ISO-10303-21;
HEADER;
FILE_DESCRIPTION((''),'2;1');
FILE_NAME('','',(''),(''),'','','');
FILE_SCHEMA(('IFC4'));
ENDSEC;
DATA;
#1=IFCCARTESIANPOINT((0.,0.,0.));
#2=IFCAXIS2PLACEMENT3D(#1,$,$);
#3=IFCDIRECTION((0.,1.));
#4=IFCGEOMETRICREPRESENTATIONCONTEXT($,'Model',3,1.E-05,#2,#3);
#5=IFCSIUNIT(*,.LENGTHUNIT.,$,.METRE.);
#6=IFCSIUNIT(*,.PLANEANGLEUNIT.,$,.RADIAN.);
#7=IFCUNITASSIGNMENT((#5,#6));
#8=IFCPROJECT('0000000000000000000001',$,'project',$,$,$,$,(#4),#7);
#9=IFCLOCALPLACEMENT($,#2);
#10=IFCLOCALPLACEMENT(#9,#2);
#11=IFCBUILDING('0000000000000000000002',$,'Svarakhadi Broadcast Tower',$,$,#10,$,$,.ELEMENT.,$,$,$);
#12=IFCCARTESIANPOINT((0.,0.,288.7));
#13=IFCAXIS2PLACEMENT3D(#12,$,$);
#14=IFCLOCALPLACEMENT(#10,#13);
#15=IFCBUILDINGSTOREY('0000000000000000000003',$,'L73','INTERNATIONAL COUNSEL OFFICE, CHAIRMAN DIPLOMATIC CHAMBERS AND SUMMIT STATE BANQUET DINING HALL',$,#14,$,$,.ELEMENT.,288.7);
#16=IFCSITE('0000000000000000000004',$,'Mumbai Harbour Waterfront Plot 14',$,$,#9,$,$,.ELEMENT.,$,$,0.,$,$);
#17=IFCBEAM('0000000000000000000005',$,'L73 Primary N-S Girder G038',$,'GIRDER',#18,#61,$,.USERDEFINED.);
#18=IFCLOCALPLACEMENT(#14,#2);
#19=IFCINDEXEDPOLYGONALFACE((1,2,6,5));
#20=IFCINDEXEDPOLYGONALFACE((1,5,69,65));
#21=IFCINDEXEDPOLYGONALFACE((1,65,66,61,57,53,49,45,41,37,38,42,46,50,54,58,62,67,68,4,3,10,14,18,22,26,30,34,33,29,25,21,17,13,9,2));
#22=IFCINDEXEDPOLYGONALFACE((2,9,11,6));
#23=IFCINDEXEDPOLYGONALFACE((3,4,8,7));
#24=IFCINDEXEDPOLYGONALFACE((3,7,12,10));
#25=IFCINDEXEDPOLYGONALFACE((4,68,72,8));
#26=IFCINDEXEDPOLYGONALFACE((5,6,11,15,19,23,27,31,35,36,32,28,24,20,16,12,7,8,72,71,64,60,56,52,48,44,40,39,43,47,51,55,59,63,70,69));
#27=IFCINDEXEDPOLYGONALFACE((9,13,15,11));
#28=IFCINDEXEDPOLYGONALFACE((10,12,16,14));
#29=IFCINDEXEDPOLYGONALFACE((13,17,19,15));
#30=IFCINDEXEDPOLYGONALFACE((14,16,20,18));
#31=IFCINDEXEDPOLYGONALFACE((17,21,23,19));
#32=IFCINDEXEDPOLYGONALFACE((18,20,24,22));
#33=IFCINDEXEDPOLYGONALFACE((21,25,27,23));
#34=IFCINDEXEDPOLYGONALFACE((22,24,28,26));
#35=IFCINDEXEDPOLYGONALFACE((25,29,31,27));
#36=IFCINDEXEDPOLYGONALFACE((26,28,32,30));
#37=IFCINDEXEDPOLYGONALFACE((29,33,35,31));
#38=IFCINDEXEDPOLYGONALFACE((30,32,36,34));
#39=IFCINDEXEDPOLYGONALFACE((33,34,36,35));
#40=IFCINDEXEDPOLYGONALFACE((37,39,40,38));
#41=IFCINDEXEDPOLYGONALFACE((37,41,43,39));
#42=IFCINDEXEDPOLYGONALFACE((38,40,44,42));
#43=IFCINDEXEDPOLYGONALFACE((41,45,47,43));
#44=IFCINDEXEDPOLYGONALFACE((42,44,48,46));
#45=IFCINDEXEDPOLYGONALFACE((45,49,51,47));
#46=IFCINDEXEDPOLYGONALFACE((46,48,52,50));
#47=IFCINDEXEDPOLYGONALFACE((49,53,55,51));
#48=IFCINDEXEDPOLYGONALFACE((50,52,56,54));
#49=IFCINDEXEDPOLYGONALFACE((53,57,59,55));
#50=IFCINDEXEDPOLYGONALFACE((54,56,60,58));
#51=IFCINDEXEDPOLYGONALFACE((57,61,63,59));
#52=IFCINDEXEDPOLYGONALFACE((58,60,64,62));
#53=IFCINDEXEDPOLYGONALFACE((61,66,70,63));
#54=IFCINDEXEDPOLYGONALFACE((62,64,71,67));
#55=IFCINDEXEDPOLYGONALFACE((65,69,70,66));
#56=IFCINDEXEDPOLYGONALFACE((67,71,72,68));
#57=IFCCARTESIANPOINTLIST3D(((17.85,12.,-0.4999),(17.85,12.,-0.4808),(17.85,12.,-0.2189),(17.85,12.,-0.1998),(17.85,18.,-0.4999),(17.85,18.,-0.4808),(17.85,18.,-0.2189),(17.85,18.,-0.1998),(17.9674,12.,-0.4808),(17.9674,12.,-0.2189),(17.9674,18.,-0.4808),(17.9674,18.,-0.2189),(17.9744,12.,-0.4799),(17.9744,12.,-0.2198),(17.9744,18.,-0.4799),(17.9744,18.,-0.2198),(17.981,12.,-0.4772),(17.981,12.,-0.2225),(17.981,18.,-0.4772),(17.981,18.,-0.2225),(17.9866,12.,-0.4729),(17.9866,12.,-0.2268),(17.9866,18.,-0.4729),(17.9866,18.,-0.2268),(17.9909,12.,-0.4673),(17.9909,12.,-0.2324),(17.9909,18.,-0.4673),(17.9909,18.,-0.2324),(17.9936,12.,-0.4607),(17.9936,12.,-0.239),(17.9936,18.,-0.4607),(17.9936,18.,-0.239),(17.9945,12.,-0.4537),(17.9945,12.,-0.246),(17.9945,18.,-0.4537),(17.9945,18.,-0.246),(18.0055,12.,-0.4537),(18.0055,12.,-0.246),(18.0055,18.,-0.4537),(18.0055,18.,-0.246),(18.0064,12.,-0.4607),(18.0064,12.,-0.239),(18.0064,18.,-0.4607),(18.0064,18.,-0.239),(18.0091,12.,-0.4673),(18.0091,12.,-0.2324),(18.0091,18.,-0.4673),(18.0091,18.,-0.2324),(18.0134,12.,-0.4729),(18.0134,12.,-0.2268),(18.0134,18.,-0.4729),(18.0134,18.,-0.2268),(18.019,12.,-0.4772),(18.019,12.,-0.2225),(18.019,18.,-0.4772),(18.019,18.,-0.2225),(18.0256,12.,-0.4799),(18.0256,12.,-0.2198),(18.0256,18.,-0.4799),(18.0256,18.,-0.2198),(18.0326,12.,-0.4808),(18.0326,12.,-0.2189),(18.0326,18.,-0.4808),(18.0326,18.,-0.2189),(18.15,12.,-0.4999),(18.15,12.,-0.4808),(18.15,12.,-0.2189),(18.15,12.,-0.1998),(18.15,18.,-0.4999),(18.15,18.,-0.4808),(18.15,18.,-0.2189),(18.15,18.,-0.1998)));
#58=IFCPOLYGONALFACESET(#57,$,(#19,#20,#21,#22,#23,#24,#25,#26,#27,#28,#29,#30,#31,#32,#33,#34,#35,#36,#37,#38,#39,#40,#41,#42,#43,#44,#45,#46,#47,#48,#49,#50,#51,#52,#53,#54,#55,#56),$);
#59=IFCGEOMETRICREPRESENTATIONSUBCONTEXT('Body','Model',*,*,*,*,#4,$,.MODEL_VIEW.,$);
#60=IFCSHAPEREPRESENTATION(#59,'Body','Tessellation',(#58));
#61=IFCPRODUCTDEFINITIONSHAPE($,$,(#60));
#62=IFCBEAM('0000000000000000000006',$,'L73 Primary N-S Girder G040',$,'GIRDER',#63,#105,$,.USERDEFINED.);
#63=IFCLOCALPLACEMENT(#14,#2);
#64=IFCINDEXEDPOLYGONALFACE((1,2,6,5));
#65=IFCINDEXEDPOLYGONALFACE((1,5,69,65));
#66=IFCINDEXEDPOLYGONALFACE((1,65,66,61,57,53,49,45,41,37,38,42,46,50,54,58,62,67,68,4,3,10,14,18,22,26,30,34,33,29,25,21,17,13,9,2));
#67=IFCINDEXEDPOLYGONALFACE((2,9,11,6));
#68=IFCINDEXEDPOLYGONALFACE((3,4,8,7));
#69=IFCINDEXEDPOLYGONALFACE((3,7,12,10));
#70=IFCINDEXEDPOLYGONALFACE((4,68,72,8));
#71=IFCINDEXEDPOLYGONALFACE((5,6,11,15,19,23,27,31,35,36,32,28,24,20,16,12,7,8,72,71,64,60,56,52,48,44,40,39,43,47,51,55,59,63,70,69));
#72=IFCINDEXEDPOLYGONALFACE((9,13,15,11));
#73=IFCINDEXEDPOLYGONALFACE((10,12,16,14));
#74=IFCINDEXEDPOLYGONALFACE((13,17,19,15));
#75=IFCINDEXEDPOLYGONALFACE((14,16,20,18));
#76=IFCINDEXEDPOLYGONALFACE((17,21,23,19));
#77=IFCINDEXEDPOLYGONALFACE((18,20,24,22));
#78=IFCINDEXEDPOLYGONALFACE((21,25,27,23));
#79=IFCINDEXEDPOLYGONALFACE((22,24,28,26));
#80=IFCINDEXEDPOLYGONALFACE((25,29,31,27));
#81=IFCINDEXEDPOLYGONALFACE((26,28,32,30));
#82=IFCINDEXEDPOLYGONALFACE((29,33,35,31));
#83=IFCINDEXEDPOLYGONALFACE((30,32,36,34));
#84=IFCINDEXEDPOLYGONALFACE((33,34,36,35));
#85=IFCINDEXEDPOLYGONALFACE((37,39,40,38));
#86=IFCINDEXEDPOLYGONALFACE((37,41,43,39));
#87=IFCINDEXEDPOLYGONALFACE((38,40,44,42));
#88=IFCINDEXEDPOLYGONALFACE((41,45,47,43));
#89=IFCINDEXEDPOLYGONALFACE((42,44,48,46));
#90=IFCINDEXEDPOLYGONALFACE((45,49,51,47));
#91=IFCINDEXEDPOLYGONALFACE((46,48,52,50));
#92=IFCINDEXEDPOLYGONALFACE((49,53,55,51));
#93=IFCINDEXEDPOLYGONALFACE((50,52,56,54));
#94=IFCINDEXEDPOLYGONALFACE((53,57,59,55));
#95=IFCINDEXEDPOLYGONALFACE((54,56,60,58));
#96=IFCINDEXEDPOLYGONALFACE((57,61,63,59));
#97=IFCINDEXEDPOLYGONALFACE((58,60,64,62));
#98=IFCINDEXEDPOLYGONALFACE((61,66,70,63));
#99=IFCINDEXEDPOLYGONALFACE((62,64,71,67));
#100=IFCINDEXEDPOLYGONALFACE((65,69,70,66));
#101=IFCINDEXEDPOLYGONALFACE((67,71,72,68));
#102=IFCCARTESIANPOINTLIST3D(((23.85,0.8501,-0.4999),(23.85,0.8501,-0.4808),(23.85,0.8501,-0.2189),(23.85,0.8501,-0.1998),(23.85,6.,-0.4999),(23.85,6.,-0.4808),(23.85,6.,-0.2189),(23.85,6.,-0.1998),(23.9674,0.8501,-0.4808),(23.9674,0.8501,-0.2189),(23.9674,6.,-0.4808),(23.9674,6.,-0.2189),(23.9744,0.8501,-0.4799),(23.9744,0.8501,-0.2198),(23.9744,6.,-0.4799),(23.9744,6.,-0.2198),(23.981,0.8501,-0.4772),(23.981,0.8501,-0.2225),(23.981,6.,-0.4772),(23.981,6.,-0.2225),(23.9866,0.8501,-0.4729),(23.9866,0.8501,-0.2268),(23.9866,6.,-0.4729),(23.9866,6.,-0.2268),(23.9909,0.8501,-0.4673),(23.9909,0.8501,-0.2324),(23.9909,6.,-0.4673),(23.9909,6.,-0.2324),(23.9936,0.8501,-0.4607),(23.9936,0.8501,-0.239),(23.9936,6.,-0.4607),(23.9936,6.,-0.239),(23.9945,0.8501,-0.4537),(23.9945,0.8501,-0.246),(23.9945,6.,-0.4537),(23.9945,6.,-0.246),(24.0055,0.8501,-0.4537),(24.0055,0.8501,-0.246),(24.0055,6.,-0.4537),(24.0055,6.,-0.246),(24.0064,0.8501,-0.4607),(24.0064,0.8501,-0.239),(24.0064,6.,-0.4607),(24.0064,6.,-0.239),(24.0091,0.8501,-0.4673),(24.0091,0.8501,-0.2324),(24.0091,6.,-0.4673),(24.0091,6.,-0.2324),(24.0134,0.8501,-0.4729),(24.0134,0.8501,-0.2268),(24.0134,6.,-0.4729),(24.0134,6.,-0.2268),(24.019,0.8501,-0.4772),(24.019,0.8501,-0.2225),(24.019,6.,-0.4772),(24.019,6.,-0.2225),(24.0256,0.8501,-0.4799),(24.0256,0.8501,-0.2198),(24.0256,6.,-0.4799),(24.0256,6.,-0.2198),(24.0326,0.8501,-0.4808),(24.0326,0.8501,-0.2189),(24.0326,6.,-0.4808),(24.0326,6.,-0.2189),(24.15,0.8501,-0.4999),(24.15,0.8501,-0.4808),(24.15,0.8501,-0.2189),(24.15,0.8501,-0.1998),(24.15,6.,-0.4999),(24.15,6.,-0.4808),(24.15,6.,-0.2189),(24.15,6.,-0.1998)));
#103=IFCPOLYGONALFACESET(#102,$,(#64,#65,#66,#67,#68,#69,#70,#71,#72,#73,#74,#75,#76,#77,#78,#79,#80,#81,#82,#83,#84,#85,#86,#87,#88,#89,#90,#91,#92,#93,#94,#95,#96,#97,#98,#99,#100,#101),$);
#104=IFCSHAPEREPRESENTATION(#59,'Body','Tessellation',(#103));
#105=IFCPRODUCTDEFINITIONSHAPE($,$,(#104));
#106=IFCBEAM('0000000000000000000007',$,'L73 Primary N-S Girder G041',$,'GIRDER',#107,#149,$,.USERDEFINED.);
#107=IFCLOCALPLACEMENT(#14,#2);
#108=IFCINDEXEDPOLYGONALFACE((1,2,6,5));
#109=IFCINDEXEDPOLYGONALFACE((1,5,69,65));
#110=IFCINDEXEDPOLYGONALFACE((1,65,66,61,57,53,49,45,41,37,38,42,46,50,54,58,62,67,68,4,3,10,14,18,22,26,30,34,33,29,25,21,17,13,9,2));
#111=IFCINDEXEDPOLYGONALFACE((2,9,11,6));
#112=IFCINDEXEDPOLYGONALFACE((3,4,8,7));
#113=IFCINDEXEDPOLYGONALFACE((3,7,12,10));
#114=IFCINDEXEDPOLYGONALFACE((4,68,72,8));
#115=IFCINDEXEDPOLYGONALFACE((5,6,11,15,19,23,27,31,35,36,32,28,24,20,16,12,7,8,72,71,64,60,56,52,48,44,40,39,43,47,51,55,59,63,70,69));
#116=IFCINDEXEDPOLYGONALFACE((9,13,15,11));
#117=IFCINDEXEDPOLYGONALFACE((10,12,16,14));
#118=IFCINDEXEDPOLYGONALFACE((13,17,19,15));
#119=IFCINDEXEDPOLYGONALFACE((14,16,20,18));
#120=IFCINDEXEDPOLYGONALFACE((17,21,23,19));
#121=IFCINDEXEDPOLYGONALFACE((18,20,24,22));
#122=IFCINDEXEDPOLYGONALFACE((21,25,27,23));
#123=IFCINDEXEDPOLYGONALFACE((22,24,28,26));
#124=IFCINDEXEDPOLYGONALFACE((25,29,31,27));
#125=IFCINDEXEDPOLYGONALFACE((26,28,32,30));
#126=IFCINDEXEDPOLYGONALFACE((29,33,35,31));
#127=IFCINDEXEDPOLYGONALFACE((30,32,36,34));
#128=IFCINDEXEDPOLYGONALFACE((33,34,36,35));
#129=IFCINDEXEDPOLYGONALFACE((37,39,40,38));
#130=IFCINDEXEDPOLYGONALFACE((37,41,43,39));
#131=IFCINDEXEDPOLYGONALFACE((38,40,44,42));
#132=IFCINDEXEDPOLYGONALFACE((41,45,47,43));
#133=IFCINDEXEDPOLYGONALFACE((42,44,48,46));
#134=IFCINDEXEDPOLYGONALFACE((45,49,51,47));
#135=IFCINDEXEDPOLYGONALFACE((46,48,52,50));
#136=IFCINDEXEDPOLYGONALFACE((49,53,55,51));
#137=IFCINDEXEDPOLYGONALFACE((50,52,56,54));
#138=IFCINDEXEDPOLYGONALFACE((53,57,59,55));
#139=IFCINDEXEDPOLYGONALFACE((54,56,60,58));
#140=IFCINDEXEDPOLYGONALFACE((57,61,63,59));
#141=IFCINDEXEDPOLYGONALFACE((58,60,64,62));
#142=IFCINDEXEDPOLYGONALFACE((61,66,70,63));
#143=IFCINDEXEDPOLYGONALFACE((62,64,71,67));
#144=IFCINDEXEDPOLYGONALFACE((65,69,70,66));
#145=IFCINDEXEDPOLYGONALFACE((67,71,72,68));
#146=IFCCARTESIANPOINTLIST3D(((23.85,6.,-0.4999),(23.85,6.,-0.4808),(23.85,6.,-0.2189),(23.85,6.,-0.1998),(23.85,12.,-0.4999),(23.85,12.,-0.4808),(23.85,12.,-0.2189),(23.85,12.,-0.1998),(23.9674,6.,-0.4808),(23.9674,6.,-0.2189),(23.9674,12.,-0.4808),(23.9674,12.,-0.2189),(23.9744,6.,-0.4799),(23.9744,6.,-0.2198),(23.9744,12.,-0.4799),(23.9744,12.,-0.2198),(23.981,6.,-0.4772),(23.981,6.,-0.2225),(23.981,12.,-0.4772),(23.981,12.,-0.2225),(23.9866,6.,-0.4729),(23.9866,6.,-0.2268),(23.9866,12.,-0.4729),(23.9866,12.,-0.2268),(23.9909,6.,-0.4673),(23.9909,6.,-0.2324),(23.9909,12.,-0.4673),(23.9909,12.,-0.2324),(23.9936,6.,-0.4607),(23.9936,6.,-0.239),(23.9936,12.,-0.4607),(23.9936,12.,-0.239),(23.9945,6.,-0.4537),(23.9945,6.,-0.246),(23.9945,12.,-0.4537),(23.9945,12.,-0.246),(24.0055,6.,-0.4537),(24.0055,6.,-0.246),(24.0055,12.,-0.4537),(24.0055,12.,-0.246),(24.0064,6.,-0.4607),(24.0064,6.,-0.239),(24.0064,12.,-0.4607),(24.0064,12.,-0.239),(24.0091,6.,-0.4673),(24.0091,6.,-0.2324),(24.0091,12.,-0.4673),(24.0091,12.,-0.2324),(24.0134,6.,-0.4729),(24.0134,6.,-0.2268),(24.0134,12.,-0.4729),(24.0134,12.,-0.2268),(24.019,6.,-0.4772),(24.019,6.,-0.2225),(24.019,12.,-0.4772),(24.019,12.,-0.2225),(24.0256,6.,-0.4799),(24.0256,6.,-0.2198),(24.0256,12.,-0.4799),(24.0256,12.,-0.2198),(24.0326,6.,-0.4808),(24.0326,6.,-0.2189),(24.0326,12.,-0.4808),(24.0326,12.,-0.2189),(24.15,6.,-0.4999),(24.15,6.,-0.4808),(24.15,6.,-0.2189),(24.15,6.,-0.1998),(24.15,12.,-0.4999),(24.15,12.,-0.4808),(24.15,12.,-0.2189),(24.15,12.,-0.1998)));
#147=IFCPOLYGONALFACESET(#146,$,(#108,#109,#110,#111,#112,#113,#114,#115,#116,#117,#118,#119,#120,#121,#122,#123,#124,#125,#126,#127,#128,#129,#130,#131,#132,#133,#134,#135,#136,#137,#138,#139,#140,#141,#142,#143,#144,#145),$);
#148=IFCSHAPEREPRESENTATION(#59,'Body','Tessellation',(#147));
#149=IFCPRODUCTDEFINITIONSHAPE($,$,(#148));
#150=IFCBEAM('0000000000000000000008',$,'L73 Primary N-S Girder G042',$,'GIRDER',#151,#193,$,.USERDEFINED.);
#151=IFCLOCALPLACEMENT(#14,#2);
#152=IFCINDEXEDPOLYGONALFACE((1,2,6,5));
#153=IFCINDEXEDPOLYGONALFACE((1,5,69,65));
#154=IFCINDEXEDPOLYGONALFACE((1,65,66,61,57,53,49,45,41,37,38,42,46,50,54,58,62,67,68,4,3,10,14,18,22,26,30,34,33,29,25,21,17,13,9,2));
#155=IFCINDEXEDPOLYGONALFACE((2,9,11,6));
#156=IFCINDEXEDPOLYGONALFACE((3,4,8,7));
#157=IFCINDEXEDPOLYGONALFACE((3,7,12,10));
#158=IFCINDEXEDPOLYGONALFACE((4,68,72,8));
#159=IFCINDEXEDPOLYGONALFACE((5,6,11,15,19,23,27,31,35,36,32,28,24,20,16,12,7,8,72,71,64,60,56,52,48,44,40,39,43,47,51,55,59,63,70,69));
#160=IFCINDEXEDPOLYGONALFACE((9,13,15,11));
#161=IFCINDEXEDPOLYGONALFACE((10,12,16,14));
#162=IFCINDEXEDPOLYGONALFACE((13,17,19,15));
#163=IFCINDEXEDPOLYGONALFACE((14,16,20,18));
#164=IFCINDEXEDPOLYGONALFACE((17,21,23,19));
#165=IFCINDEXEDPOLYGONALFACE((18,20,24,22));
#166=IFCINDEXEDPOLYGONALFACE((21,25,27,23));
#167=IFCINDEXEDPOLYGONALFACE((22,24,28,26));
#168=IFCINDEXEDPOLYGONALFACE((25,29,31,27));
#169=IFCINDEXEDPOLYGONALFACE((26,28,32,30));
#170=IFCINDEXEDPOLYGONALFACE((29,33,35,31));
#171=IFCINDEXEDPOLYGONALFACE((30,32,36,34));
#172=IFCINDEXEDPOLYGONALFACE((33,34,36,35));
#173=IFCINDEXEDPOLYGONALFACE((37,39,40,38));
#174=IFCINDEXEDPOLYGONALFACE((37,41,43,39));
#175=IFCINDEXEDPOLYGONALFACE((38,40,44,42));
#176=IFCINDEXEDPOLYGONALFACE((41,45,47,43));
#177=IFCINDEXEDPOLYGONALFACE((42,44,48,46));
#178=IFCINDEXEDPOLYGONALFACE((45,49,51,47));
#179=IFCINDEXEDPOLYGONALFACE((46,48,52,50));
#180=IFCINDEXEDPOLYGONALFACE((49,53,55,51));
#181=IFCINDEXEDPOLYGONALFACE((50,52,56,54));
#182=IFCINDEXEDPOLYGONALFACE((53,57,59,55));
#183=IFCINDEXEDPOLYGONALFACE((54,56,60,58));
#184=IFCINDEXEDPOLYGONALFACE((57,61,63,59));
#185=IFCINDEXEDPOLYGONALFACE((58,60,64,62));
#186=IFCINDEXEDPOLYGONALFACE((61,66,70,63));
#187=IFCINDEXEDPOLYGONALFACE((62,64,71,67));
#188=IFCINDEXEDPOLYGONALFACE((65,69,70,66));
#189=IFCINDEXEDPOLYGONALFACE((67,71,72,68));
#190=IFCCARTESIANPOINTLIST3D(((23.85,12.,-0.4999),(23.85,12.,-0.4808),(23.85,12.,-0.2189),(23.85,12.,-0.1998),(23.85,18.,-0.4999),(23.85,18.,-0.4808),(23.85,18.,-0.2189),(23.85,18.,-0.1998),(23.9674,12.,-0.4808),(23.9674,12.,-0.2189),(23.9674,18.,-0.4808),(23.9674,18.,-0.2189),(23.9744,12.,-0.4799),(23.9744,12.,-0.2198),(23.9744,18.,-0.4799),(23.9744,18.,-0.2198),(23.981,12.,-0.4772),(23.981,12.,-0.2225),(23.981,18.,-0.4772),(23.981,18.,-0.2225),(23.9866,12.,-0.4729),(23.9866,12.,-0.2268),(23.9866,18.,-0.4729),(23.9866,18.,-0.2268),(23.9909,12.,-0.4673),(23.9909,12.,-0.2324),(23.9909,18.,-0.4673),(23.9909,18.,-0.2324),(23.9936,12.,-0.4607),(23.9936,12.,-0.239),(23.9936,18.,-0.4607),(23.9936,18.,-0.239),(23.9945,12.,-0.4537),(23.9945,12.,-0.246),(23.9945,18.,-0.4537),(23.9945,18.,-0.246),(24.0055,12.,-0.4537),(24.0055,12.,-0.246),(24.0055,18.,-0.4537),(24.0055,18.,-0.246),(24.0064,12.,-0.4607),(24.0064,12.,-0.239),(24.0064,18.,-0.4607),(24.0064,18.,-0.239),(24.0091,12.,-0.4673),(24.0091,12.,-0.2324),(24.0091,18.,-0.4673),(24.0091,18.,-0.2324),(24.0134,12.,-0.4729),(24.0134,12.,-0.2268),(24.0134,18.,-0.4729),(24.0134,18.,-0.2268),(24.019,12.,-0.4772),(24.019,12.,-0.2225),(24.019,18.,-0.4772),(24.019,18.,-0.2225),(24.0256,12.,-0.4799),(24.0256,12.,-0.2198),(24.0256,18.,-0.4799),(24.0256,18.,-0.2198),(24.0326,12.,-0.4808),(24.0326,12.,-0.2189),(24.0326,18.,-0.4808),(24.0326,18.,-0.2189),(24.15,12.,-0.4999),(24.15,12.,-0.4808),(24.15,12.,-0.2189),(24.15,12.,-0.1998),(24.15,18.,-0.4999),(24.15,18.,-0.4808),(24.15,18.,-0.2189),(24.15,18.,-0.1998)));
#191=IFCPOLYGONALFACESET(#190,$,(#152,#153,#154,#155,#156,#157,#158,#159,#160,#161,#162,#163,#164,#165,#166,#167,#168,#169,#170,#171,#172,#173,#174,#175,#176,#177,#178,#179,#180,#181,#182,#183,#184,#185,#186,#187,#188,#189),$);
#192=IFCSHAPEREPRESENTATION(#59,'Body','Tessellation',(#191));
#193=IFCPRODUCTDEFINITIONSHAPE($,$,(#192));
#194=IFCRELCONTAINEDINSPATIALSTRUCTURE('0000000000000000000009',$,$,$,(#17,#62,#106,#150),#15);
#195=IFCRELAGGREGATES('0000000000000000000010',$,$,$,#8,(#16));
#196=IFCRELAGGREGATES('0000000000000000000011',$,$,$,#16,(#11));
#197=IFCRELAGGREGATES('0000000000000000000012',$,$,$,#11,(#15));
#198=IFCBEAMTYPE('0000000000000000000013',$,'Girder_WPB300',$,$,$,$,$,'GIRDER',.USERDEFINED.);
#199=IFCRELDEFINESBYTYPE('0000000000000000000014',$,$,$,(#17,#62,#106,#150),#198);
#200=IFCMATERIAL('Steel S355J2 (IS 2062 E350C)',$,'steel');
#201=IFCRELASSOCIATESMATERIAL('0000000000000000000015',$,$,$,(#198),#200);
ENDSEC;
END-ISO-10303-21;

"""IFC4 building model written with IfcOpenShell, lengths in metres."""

from ifc_helpers import new_model, si_unit, direction, frame, origin, origin_2d, place, context, subcontext, project, spatial, i_section, extrude, material, material_profile, profile_set, type_object, element, save


model = new_model("IFC4")

# Units and contexts
model_context = context("Model", 3, precision=1e-05, world=origin(), true_north=direction((0.0, 1.0)))
body_context = subcontext(model_context, "Body", "Model", "MODEL_VIEW")
ifc_project = project(units=[si_unit("LENGTHUNIT", "METRE"), si_unit("PLANEANGLEUNIT", "RADIAN")], contexts=[model_context])

# Site, building, storey
site_placement = place(None, origin())
site = spatial("IfcSite", under=ifc_project, at=site_placement, Name="Mumbai Harbour Waterfront Plot 14", CompositionType="ELEMENT", RefElevation=0.0)
building_placement = place(site_placement, origin())
building = spatial("IfcBuilding", under=site, at=building_placement, Name="Svarakhadi Broadcast Tower", CompositionType="ELEMENT")
storey_placement = place(building_placement, frame((0.0, 0.0, 288.7)))
storey = spatial("IfcBuildingStorey", under=building, at=storey_placement, Name="L73", Description="INTERNATIONAL COUNSEL OFFICE, CHAIRMAN DIPLOMATIC CHAMBERS AND SUMMIT STATE BANQUET DINING HALL", CompositionType="ELEMENT", Elevation=288.7)

# Beams
ifc_material_1 = material(Name="Steel S355J2 (IS 2062 E350C)", Category="steel")
ifc_material_profile_1 = material_profile(ifc_material_1, i_section(OverallWidth=0.3, OverallDepth=0.3, WebThickness=0.011, FlangeThickness=0.019, FilletRadius=0.0271, at=origin_2d()), Name="WPB 300x300x117")
ifc_profile_set_1 = profile_set([ifc_material_profile_1], Name="Steel S355J2 (IS 2062 E350C)")
beam_type_1 = type_object("IfcBeamType", Name="Girder_WPB300", ElementType="GIRDER", PredefinedType="USERDEFINED", material=ifc_profile_set_1)
for number, where, z_axis, x_axis, name in (
    (1, (18.0, 12.0, -0.3499), (0.0, 1.0, 0.0), (-1.0, 0.0, 0.0), "L73 Primary N-S Girder G038"),
):
    element("IfcBeam", number, at=place(storey_placement, frame(where, z_axis=z_axis, x_axis=x_axis)), inside=storey, type_object=beam_type_1, Name=name, ObjectType="GIRDER", PredefinedType="USERDEFINED", context=body_context, shape_type="SweptSolid", body=[
        extrude(i_section(OverallWidth=0.3, OverallDepth=0.3, WebThickness=0.011, FlangeThickness=0.019, FilletRadius=0.0271, at=origin_2d()), origin(), (0.0, 0.0, 1.0), 6.0),
    ])
beam_1_placement = place(storey_placement, frame((24.0, 0.8501, -0.3499), z_axis=(0.0, 1.0, 0.0), x_axis=(-1.0, 0.0, 0.0)))
element("IfcBeam", 2, at=beam_1_placement, inside=storey, type_object=beam_type_1, Name="L73 Primary N-S Girder G040", ObjectType="GIRDER", PredefinedType="USERDEFINED", context=body_context, shape_type="SweptSolid", body=[
    extrude(i_section(OverallWidth=0.3, OverallDepth=0.3, WebThickness=0.011, FlangeThickness=0.019, FilletRadius=0.0271, at=origin_2d()), origin(), (0.0, 0.0, 1.0), 5.1499),
])
for number, where, z_axis, x_axis, name in (
    (3, (24.0, 6.0, -0.3499), (0.0, 1.0, 0.0), (-1.0, 0.0, 0.0), "L73 Primary N-S Girder G041"),
    (4, (24.0, 12.0, -0.3499), (0.0, 1.0, 0.0), (-1.0, 0.0, 0.0), "L73 Primary N-S Girder G042"),
):
    element("IfcBeam", number, at=place(storey_placement, frame(where, z_axis=z_axis, x_axis=x_axis)), inside=storey, type_object=beam_type_1, Name=name, ObjectType="GIRDER", PredefinedType="USERDEFINED", context=body_context, shape_type="SweptSolid", body=[
        extrude(i_section(OverallWidth=0.3, OverallDepth=0.3, WebThickness=0.011, FlangeThickness=0.019, FilletRadius=0.0271, at=origin_2d()), origin(), (0.0, 0.0, 1.0), 6.0),
    ])

save(model, "model.ifc")
